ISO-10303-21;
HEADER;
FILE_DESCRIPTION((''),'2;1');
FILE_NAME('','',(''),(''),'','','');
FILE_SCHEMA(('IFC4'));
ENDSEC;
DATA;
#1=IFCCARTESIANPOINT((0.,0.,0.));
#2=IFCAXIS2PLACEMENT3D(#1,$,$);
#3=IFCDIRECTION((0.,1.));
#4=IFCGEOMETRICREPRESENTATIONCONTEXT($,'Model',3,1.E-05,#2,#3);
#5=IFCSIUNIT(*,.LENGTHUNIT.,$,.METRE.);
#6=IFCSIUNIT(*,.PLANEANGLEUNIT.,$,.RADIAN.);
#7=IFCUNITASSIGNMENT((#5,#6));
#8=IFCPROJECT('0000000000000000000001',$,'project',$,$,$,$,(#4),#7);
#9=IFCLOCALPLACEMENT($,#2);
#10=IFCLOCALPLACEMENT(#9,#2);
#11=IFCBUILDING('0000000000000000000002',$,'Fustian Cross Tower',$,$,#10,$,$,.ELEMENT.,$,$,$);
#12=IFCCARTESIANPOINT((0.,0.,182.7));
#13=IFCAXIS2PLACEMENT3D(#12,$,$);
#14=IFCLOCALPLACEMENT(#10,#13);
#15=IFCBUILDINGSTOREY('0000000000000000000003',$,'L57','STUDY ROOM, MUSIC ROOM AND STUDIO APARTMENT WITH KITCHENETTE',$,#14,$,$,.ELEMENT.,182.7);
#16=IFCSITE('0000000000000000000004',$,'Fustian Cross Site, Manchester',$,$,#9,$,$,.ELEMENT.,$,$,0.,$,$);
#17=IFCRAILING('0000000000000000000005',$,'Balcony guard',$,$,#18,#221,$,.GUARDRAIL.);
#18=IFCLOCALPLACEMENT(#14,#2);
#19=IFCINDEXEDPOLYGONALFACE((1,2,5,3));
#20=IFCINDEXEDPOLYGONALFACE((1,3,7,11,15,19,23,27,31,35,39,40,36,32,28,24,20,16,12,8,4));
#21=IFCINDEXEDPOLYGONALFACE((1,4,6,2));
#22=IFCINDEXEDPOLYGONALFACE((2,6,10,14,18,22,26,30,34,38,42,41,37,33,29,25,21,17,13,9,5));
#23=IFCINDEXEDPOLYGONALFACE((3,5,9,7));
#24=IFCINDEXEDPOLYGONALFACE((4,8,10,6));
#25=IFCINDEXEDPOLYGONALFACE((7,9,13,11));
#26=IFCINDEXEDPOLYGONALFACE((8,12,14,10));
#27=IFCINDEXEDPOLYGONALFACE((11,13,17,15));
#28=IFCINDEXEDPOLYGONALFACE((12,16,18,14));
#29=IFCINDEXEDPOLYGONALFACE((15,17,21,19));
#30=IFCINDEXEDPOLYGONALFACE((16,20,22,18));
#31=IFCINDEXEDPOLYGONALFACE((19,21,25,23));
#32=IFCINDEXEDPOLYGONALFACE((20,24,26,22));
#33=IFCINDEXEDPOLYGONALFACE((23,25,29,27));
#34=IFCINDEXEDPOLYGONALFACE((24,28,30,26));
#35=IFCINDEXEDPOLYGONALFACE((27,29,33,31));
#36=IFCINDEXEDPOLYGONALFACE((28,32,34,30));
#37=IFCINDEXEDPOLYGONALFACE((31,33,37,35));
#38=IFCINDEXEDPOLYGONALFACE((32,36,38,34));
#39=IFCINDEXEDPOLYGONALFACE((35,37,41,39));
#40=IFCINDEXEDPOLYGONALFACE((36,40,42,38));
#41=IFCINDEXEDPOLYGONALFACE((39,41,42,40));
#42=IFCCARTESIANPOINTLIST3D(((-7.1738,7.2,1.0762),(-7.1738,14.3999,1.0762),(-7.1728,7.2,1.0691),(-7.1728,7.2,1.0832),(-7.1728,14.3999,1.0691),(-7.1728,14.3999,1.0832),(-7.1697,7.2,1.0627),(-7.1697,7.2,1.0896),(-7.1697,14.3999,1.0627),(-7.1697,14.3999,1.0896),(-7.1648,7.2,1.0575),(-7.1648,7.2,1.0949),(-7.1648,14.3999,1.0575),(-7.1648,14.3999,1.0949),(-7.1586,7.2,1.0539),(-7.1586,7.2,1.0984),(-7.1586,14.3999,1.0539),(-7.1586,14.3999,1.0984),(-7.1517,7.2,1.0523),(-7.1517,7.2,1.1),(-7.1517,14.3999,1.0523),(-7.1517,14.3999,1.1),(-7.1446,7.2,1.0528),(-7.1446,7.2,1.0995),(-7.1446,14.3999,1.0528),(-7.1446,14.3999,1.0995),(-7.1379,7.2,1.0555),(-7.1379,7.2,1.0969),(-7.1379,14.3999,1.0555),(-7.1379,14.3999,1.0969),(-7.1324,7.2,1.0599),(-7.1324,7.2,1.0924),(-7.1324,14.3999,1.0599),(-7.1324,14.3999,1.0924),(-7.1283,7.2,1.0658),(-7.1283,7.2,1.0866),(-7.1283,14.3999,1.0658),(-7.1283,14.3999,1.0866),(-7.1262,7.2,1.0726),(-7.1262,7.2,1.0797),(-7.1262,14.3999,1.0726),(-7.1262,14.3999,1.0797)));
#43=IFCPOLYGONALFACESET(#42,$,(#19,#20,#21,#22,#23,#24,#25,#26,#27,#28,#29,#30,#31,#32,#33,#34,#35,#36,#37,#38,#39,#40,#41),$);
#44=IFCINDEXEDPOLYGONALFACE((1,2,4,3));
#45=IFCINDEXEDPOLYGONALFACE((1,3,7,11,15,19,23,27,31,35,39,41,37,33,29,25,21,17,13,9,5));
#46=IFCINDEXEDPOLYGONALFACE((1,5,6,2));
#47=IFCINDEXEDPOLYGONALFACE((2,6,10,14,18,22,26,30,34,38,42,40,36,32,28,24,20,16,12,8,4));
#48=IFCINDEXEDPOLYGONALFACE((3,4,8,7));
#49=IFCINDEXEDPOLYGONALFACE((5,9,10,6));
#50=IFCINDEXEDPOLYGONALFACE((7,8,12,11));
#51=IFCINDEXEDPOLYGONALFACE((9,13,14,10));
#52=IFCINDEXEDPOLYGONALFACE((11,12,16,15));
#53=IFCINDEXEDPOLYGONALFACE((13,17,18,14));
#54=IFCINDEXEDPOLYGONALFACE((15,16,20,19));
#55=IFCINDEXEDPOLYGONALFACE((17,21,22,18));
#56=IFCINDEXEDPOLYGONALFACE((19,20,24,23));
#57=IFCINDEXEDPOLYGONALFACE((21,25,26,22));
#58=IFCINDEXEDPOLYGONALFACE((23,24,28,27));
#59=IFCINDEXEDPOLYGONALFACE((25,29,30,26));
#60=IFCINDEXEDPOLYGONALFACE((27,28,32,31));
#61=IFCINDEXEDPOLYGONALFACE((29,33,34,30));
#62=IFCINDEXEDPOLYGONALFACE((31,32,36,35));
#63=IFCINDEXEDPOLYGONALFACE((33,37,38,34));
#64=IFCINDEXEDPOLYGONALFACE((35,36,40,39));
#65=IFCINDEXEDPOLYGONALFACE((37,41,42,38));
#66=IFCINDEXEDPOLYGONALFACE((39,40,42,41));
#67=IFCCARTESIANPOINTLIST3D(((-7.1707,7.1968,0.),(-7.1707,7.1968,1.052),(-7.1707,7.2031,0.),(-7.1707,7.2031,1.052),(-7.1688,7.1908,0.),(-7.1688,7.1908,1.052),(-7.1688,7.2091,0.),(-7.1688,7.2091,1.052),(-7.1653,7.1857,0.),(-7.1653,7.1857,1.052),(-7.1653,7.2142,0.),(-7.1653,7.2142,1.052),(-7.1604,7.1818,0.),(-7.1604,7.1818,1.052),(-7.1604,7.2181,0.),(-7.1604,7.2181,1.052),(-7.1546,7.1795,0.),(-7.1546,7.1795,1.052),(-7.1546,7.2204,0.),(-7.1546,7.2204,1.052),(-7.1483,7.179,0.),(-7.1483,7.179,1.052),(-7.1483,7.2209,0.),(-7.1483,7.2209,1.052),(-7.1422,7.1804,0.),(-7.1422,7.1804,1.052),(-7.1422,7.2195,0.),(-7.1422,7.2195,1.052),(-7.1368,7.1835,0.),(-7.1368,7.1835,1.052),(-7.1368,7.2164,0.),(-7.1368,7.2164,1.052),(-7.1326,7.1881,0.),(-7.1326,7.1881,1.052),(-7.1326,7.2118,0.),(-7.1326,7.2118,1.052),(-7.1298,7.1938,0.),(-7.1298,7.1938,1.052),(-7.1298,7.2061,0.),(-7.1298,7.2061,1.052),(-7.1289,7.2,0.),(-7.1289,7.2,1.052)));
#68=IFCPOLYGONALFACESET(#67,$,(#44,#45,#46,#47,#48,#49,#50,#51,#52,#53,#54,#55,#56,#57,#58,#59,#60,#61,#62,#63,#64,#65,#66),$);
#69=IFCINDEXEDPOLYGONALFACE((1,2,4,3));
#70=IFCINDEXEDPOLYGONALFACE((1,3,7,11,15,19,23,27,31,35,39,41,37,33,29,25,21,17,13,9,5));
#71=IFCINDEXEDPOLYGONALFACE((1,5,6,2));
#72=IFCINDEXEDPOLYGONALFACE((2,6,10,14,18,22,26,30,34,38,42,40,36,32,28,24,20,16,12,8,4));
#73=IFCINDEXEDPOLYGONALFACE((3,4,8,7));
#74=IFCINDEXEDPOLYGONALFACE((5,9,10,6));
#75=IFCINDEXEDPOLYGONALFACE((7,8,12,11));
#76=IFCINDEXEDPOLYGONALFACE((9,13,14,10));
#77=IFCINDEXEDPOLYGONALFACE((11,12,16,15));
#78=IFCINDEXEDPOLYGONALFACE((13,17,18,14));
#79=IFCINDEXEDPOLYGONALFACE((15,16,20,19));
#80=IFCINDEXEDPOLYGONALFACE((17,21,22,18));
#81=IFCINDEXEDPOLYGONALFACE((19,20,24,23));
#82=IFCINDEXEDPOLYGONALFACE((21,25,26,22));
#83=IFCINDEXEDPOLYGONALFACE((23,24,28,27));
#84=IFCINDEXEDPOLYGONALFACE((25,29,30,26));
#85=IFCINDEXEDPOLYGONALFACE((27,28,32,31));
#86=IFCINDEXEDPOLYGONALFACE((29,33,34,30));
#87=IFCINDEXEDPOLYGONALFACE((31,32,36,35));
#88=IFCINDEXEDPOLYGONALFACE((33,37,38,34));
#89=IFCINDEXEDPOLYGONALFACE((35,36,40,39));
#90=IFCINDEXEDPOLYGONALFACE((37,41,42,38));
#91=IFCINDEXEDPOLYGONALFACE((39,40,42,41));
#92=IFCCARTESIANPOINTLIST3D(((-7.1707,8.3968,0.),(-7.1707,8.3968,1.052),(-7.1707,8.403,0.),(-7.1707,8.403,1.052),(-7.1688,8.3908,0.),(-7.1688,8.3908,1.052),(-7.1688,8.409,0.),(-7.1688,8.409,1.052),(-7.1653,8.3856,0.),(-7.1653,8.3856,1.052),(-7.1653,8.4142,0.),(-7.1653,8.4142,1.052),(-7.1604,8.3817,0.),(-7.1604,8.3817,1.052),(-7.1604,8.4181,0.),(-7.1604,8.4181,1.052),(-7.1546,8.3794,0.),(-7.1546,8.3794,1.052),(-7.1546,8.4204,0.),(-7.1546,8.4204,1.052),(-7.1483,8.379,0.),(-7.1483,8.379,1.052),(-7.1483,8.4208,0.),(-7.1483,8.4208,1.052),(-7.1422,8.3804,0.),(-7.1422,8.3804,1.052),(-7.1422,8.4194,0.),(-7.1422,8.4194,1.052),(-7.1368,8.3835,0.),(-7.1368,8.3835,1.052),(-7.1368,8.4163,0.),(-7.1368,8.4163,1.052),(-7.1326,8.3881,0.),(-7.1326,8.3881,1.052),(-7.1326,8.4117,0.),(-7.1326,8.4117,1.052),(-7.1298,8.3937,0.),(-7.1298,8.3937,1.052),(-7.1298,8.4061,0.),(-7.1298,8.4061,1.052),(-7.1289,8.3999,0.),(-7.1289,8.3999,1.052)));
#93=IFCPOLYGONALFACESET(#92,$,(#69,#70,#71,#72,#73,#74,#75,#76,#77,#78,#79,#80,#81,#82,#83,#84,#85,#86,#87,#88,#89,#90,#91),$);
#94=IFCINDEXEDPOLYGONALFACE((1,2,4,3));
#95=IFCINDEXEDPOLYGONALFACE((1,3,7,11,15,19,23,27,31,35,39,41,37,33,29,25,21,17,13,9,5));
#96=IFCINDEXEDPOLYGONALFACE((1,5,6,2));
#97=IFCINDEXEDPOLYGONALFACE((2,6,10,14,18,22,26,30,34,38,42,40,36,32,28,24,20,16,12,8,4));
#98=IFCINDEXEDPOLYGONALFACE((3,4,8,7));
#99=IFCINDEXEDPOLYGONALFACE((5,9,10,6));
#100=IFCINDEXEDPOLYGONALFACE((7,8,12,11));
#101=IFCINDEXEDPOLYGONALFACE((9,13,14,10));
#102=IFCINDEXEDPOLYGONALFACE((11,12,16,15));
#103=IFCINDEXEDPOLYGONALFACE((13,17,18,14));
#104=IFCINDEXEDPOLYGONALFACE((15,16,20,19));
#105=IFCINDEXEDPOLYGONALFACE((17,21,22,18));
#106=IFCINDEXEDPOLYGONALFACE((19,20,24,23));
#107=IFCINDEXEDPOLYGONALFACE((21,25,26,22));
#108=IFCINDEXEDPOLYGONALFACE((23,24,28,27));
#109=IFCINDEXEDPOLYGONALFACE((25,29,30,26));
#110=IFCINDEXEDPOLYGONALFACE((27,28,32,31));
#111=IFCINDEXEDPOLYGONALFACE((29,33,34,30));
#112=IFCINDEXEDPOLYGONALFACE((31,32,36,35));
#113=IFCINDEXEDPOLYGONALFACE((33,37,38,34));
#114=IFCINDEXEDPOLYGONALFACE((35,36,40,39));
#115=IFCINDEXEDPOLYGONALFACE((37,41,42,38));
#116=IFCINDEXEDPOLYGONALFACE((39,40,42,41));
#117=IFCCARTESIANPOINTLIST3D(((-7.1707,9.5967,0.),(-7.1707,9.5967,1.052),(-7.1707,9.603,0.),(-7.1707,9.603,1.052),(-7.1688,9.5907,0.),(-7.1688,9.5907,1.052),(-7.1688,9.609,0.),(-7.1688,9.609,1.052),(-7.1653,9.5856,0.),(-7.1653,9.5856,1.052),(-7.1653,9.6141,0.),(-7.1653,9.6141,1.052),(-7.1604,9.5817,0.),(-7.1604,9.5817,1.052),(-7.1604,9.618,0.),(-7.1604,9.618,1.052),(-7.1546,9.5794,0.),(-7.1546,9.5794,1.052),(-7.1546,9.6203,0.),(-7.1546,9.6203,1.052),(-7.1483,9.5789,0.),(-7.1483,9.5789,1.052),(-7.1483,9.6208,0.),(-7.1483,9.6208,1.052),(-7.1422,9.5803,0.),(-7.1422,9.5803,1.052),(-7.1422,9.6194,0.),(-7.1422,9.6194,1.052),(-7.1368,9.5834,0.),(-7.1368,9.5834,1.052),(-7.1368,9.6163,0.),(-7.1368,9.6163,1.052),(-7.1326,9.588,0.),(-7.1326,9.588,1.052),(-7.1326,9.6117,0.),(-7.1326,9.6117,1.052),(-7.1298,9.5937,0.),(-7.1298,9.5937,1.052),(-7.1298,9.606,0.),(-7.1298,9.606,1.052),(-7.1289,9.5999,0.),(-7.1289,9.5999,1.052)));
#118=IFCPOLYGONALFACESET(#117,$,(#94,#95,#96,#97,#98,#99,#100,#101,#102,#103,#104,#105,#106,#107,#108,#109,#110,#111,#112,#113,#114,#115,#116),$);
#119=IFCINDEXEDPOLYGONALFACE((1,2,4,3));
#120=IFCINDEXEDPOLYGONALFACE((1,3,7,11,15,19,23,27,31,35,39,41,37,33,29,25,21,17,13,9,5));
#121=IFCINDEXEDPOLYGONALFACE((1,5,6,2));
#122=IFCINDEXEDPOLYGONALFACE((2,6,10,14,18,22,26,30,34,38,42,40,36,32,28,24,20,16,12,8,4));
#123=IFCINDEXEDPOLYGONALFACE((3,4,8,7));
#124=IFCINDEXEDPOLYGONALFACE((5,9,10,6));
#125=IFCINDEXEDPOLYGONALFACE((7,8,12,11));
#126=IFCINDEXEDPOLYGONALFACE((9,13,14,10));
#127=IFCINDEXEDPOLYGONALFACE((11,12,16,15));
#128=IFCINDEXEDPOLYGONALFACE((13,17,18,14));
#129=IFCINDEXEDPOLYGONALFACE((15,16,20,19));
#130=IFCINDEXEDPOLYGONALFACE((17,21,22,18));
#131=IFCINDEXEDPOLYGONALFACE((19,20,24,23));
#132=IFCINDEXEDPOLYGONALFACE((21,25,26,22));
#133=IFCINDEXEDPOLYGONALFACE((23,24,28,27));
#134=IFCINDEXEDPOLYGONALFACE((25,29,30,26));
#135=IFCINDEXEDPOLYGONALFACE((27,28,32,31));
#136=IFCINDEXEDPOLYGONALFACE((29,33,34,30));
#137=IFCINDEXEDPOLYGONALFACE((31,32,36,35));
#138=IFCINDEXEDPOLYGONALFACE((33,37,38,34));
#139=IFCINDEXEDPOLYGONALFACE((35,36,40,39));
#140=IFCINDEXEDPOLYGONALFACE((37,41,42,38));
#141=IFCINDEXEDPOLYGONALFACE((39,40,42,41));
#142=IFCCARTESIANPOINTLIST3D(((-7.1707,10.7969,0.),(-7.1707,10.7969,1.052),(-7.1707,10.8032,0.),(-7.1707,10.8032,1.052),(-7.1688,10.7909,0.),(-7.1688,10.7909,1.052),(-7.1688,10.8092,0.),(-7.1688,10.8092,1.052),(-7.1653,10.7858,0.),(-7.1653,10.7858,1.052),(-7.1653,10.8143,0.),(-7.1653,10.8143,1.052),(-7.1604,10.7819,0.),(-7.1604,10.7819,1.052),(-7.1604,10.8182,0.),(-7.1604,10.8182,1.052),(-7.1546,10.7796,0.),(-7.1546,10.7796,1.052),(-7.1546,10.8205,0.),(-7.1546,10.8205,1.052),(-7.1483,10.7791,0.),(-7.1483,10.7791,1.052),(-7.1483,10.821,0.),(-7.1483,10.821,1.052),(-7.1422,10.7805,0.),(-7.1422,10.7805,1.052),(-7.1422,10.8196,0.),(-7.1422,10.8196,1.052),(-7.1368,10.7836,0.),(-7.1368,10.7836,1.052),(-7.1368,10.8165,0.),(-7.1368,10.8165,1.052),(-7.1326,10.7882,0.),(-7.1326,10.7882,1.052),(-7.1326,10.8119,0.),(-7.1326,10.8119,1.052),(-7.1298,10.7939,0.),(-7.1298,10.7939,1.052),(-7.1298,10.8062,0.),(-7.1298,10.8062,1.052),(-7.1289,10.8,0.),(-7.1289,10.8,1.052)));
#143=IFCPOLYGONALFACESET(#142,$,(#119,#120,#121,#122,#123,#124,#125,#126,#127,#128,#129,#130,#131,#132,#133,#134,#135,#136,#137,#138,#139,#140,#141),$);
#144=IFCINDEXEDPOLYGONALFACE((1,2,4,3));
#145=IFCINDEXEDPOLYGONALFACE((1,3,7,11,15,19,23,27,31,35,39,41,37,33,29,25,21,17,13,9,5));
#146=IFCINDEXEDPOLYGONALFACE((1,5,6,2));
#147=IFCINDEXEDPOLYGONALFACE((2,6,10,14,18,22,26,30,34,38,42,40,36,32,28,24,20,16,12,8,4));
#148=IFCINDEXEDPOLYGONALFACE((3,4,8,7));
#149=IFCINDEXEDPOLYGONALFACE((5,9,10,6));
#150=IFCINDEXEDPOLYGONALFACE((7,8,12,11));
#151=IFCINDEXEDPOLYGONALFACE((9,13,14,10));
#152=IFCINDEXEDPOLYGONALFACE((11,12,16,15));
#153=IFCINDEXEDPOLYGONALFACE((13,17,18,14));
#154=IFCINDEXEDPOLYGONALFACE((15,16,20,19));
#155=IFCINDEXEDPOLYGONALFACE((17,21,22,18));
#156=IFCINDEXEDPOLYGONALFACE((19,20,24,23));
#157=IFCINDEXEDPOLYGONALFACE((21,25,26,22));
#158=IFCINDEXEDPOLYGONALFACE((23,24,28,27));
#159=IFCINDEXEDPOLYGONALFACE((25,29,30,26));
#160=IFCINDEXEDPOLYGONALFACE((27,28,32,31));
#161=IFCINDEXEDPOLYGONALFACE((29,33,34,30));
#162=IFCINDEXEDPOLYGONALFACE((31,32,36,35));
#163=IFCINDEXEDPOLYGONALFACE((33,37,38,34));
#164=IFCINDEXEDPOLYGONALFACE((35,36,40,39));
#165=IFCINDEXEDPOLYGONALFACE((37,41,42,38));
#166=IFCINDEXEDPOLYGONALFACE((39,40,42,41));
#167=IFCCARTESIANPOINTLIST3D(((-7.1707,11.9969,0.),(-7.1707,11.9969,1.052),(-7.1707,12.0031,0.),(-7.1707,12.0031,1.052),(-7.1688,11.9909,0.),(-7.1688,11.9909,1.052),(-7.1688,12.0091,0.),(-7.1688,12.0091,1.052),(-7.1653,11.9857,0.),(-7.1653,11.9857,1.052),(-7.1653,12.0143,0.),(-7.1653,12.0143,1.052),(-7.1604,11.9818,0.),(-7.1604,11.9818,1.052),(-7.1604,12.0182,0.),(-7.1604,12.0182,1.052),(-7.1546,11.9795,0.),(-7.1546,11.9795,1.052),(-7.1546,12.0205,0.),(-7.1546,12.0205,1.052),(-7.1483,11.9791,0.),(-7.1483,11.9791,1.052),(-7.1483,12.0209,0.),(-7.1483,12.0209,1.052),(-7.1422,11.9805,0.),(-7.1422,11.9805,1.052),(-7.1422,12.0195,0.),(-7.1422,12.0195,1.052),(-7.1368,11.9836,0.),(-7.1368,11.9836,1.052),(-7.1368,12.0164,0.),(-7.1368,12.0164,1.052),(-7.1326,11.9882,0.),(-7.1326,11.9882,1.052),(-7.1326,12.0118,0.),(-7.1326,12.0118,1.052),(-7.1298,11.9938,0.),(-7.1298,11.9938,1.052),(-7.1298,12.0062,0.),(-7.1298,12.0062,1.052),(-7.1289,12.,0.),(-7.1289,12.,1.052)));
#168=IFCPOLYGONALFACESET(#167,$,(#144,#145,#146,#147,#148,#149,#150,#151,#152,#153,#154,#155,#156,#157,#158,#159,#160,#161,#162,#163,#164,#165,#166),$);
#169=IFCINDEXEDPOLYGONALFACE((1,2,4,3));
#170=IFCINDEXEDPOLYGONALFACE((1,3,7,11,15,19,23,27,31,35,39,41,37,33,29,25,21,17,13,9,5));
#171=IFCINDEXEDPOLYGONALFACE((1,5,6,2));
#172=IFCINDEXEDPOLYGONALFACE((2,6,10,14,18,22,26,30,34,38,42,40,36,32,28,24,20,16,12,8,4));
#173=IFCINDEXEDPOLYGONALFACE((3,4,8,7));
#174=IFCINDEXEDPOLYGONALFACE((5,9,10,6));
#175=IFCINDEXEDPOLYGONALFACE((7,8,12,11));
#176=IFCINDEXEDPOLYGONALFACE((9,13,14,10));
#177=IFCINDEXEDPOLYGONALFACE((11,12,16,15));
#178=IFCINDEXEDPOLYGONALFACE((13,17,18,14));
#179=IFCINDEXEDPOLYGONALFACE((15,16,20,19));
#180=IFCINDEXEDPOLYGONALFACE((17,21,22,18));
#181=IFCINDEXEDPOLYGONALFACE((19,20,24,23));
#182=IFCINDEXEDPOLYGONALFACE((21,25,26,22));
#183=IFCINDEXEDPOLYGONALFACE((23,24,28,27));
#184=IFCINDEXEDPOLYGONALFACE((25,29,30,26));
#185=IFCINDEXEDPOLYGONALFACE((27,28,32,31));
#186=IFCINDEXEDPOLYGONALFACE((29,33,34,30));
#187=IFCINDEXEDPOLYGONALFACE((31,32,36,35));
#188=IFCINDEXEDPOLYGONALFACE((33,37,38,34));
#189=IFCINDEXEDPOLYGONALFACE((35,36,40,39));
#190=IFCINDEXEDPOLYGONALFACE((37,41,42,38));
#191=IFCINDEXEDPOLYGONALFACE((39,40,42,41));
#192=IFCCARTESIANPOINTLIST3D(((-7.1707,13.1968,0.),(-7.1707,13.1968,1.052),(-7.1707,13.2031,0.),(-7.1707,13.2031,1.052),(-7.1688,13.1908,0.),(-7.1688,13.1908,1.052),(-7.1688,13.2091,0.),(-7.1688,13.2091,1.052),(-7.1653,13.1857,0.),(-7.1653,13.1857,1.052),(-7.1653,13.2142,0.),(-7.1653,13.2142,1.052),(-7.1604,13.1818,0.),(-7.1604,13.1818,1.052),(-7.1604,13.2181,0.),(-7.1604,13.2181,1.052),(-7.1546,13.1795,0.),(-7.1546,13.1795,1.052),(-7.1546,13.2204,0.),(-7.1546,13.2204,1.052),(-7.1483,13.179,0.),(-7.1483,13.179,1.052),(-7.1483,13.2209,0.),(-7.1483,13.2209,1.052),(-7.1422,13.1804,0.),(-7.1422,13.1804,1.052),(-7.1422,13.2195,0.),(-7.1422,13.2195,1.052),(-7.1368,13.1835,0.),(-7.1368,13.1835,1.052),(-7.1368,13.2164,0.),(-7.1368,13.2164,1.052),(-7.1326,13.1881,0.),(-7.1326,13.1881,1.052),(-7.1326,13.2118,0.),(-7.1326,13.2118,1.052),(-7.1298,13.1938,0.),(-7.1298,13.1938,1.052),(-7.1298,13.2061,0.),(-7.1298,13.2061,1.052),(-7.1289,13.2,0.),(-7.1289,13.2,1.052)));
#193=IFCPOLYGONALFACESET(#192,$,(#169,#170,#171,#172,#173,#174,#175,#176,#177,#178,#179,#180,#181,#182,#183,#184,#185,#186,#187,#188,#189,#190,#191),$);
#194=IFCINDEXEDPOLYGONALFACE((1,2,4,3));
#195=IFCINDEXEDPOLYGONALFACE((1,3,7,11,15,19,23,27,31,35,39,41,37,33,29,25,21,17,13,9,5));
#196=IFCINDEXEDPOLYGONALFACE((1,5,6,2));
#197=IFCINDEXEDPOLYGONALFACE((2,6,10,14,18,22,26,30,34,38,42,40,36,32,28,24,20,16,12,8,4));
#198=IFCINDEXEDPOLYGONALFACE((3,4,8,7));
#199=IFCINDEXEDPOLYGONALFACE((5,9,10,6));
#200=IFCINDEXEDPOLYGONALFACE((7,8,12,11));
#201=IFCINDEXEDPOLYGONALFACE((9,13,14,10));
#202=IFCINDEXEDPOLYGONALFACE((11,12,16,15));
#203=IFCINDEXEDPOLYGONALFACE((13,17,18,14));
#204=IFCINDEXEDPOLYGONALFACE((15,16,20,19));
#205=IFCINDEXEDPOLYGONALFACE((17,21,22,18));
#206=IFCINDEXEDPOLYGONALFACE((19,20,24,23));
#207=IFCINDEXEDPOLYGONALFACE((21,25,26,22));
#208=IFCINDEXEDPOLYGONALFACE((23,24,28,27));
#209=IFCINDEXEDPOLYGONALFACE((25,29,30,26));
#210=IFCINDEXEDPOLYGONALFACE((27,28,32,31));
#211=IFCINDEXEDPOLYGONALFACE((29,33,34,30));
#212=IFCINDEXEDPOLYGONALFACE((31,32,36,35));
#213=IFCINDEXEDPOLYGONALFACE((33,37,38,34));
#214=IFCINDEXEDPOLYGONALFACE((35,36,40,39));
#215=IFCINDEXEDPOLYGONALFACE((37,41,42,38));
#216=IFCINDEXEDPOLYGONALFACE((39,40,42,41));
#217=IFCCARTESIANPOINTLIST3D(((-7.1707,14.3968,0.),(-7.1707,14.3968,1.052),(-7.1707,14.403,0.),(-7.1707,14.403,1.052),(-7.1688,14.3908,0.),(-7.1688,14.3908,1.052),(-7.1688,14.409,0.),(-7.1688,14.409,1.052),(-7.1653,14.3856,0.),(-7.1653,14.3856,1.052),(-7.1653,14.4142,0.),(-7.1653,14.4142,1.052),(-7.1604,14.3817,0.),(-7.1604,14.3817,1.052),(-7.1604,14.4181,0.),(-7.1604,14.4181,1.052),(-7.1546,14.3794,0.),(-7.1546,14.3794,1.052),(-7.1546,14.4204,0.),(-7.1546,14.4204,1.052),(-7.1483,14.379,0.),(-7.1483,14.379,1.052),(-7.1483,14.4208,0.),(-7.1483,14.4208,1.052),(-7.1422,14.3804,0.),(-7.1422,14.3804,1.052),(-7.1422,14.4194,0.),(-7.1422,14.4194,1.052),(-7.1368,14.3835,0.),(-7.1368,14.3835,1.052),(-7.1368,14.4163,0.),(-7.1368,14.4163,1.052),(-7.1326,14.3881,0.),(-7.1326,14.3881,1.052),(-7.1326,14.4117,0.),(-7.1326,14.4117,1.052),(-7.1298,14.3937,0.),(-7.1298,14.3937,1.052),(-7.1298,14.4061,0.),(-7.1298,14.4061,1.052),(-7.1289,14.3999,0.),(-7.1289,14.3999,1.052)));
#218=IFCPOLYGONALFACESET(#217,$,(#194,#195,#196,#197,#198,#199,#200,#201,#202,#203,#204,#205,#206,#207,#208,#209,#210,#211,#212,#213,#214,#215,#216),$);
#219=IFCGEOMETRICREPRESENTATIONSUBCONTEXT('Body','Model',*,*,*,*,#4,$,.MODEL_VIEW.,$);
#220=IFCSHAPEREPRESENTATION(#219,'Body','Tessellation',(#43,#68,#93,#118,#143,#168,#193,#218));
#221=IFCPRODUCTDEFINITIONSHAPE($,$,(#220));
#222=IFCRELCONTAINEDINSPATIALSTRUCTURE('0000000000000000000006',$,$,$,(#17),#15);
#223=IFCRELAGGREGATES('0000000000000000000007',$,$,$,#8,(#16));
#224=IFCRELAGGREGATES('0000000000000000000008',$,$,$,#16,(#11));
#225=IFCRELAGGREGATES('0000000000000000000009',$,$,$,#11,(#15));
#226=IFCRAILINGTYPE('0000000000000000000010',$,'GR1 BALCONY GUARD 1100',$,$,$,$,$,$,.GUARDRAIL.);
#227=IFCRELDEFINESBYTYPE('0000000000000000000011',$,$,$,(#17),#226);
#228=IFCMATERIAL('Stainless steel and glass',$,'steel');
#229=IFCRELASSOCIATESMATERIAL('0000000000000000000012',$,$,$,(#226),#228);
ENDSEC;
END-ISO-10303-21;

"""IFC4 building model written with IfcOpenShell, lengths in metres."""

from ifc_helpers import new_model, si_unit, direction, frame, origin, origin_2d, place, context, subcontext, project, spatial, circle, extrude, material, type_object, element, save


model = new_model("IFC4")

# Units and contexts
model_context = context("Model", 3, precision=1e-05, world=origin(), true_north=direction((0.0, 1.0)))
body_context = subcontext(model_context, "Body", "Model", "MODEL_VIEW")
ifc_project = project(units=[si_unit("LENGTHUNIT", "METRE"), si_unit("PLANEANGLEUNIT", "RADIAN")], contexts=[model_context])

# Site, building, storey
site_placement = place(None, origin())
site = spatial("IfcSite", under=ifc_project, at=site_placement, Name="Fustian Cross Site, Manchester", CompositionType="ELEMENT", RefElevation=0.0)
building_placement = place(site_placement, origin())
building = spatial("IfcBuilding", under=site, at=building_placement, Name="Fustian Cross Tower", CompositionType="ELEMENT")
storey_placement = place(building_placement, frame((0.0, 0.0, 182.7)))
storey = spatial("IfcBuildingStorey", under=building, at=storey_placement, Name="L57", Description="STUDY ROOM, MUSIC ROOM AND STUDIO APARTMENT WITH KITCHENETTE", CompositionType="ELEMENT", Elevation=182.7)

# Railing
ifc_material_1 = material(Name="Stainless steel and glass", Category="steel")
railing_type = type_object("IfcRailingType", Name="GR1 BALCONY GUARD 1100", PredefinedType="GUARDRAIL", material=ifc_material_1)
railing_placement = place(storey_placement, frame((-7.1499, 7.2, 0.0)))
element("IfcRailing", 1, at=railing_placement, inside=storey, type_object=railing_type, Name="Balcony guard", PredefinedType="GUARDRAIL", context=body_context, shape_type="SweptSolid", body=[
    extrude(circle(Radius=0.0239, at=origin_2d()), frame((0.0, 0.0, 1.0762), z_axis=(0.0, 1.0, 0.0), x_axis=(-1.0, 0.0, 0.0)), (0.0, 0.0, 1.0), 7.2),
    extrude(circle(Radius=0.021, at=origin_2d()), origin(), (0.0, 0.0, 1.0), 1.052),
    extrude(circle(Radius=0.021, at=origin_2d()), frame((0.0, 1.2, 0.0)), (0.0, 0.0, 1.0), 1.052),
    extrude(circle(Radius=0.021, at=origin_2d()), frame((0.0, 2.3999, 0.0)), (0.0, 0.0, 1.0), 1.052),
    extrude(circle(Radius=0.021, at=origin_2d()), frame((0.0, 3.6001, 0.0)), (0.0, 0.0, 1.0), 1.052),
    extrude(circle(Radius=0.021, at=origin_2d()), frame((0.0, 4.8, 0.0)), (0.0, 0.0, 1.0), 1.052),
    extrude(circle(Radius=0.021, at=origin_2d()), frame((0.0, 6.0, 0.0)), (0.0, 0.0, 1.0), 1.052),
    extrude(circle(Radius=0.021, at=origin_2d()), frame((0.0, 7.2, 0.0)), (0.0, 0.0, 1.0), 1.052),
])

save(model, "model.ifc")
